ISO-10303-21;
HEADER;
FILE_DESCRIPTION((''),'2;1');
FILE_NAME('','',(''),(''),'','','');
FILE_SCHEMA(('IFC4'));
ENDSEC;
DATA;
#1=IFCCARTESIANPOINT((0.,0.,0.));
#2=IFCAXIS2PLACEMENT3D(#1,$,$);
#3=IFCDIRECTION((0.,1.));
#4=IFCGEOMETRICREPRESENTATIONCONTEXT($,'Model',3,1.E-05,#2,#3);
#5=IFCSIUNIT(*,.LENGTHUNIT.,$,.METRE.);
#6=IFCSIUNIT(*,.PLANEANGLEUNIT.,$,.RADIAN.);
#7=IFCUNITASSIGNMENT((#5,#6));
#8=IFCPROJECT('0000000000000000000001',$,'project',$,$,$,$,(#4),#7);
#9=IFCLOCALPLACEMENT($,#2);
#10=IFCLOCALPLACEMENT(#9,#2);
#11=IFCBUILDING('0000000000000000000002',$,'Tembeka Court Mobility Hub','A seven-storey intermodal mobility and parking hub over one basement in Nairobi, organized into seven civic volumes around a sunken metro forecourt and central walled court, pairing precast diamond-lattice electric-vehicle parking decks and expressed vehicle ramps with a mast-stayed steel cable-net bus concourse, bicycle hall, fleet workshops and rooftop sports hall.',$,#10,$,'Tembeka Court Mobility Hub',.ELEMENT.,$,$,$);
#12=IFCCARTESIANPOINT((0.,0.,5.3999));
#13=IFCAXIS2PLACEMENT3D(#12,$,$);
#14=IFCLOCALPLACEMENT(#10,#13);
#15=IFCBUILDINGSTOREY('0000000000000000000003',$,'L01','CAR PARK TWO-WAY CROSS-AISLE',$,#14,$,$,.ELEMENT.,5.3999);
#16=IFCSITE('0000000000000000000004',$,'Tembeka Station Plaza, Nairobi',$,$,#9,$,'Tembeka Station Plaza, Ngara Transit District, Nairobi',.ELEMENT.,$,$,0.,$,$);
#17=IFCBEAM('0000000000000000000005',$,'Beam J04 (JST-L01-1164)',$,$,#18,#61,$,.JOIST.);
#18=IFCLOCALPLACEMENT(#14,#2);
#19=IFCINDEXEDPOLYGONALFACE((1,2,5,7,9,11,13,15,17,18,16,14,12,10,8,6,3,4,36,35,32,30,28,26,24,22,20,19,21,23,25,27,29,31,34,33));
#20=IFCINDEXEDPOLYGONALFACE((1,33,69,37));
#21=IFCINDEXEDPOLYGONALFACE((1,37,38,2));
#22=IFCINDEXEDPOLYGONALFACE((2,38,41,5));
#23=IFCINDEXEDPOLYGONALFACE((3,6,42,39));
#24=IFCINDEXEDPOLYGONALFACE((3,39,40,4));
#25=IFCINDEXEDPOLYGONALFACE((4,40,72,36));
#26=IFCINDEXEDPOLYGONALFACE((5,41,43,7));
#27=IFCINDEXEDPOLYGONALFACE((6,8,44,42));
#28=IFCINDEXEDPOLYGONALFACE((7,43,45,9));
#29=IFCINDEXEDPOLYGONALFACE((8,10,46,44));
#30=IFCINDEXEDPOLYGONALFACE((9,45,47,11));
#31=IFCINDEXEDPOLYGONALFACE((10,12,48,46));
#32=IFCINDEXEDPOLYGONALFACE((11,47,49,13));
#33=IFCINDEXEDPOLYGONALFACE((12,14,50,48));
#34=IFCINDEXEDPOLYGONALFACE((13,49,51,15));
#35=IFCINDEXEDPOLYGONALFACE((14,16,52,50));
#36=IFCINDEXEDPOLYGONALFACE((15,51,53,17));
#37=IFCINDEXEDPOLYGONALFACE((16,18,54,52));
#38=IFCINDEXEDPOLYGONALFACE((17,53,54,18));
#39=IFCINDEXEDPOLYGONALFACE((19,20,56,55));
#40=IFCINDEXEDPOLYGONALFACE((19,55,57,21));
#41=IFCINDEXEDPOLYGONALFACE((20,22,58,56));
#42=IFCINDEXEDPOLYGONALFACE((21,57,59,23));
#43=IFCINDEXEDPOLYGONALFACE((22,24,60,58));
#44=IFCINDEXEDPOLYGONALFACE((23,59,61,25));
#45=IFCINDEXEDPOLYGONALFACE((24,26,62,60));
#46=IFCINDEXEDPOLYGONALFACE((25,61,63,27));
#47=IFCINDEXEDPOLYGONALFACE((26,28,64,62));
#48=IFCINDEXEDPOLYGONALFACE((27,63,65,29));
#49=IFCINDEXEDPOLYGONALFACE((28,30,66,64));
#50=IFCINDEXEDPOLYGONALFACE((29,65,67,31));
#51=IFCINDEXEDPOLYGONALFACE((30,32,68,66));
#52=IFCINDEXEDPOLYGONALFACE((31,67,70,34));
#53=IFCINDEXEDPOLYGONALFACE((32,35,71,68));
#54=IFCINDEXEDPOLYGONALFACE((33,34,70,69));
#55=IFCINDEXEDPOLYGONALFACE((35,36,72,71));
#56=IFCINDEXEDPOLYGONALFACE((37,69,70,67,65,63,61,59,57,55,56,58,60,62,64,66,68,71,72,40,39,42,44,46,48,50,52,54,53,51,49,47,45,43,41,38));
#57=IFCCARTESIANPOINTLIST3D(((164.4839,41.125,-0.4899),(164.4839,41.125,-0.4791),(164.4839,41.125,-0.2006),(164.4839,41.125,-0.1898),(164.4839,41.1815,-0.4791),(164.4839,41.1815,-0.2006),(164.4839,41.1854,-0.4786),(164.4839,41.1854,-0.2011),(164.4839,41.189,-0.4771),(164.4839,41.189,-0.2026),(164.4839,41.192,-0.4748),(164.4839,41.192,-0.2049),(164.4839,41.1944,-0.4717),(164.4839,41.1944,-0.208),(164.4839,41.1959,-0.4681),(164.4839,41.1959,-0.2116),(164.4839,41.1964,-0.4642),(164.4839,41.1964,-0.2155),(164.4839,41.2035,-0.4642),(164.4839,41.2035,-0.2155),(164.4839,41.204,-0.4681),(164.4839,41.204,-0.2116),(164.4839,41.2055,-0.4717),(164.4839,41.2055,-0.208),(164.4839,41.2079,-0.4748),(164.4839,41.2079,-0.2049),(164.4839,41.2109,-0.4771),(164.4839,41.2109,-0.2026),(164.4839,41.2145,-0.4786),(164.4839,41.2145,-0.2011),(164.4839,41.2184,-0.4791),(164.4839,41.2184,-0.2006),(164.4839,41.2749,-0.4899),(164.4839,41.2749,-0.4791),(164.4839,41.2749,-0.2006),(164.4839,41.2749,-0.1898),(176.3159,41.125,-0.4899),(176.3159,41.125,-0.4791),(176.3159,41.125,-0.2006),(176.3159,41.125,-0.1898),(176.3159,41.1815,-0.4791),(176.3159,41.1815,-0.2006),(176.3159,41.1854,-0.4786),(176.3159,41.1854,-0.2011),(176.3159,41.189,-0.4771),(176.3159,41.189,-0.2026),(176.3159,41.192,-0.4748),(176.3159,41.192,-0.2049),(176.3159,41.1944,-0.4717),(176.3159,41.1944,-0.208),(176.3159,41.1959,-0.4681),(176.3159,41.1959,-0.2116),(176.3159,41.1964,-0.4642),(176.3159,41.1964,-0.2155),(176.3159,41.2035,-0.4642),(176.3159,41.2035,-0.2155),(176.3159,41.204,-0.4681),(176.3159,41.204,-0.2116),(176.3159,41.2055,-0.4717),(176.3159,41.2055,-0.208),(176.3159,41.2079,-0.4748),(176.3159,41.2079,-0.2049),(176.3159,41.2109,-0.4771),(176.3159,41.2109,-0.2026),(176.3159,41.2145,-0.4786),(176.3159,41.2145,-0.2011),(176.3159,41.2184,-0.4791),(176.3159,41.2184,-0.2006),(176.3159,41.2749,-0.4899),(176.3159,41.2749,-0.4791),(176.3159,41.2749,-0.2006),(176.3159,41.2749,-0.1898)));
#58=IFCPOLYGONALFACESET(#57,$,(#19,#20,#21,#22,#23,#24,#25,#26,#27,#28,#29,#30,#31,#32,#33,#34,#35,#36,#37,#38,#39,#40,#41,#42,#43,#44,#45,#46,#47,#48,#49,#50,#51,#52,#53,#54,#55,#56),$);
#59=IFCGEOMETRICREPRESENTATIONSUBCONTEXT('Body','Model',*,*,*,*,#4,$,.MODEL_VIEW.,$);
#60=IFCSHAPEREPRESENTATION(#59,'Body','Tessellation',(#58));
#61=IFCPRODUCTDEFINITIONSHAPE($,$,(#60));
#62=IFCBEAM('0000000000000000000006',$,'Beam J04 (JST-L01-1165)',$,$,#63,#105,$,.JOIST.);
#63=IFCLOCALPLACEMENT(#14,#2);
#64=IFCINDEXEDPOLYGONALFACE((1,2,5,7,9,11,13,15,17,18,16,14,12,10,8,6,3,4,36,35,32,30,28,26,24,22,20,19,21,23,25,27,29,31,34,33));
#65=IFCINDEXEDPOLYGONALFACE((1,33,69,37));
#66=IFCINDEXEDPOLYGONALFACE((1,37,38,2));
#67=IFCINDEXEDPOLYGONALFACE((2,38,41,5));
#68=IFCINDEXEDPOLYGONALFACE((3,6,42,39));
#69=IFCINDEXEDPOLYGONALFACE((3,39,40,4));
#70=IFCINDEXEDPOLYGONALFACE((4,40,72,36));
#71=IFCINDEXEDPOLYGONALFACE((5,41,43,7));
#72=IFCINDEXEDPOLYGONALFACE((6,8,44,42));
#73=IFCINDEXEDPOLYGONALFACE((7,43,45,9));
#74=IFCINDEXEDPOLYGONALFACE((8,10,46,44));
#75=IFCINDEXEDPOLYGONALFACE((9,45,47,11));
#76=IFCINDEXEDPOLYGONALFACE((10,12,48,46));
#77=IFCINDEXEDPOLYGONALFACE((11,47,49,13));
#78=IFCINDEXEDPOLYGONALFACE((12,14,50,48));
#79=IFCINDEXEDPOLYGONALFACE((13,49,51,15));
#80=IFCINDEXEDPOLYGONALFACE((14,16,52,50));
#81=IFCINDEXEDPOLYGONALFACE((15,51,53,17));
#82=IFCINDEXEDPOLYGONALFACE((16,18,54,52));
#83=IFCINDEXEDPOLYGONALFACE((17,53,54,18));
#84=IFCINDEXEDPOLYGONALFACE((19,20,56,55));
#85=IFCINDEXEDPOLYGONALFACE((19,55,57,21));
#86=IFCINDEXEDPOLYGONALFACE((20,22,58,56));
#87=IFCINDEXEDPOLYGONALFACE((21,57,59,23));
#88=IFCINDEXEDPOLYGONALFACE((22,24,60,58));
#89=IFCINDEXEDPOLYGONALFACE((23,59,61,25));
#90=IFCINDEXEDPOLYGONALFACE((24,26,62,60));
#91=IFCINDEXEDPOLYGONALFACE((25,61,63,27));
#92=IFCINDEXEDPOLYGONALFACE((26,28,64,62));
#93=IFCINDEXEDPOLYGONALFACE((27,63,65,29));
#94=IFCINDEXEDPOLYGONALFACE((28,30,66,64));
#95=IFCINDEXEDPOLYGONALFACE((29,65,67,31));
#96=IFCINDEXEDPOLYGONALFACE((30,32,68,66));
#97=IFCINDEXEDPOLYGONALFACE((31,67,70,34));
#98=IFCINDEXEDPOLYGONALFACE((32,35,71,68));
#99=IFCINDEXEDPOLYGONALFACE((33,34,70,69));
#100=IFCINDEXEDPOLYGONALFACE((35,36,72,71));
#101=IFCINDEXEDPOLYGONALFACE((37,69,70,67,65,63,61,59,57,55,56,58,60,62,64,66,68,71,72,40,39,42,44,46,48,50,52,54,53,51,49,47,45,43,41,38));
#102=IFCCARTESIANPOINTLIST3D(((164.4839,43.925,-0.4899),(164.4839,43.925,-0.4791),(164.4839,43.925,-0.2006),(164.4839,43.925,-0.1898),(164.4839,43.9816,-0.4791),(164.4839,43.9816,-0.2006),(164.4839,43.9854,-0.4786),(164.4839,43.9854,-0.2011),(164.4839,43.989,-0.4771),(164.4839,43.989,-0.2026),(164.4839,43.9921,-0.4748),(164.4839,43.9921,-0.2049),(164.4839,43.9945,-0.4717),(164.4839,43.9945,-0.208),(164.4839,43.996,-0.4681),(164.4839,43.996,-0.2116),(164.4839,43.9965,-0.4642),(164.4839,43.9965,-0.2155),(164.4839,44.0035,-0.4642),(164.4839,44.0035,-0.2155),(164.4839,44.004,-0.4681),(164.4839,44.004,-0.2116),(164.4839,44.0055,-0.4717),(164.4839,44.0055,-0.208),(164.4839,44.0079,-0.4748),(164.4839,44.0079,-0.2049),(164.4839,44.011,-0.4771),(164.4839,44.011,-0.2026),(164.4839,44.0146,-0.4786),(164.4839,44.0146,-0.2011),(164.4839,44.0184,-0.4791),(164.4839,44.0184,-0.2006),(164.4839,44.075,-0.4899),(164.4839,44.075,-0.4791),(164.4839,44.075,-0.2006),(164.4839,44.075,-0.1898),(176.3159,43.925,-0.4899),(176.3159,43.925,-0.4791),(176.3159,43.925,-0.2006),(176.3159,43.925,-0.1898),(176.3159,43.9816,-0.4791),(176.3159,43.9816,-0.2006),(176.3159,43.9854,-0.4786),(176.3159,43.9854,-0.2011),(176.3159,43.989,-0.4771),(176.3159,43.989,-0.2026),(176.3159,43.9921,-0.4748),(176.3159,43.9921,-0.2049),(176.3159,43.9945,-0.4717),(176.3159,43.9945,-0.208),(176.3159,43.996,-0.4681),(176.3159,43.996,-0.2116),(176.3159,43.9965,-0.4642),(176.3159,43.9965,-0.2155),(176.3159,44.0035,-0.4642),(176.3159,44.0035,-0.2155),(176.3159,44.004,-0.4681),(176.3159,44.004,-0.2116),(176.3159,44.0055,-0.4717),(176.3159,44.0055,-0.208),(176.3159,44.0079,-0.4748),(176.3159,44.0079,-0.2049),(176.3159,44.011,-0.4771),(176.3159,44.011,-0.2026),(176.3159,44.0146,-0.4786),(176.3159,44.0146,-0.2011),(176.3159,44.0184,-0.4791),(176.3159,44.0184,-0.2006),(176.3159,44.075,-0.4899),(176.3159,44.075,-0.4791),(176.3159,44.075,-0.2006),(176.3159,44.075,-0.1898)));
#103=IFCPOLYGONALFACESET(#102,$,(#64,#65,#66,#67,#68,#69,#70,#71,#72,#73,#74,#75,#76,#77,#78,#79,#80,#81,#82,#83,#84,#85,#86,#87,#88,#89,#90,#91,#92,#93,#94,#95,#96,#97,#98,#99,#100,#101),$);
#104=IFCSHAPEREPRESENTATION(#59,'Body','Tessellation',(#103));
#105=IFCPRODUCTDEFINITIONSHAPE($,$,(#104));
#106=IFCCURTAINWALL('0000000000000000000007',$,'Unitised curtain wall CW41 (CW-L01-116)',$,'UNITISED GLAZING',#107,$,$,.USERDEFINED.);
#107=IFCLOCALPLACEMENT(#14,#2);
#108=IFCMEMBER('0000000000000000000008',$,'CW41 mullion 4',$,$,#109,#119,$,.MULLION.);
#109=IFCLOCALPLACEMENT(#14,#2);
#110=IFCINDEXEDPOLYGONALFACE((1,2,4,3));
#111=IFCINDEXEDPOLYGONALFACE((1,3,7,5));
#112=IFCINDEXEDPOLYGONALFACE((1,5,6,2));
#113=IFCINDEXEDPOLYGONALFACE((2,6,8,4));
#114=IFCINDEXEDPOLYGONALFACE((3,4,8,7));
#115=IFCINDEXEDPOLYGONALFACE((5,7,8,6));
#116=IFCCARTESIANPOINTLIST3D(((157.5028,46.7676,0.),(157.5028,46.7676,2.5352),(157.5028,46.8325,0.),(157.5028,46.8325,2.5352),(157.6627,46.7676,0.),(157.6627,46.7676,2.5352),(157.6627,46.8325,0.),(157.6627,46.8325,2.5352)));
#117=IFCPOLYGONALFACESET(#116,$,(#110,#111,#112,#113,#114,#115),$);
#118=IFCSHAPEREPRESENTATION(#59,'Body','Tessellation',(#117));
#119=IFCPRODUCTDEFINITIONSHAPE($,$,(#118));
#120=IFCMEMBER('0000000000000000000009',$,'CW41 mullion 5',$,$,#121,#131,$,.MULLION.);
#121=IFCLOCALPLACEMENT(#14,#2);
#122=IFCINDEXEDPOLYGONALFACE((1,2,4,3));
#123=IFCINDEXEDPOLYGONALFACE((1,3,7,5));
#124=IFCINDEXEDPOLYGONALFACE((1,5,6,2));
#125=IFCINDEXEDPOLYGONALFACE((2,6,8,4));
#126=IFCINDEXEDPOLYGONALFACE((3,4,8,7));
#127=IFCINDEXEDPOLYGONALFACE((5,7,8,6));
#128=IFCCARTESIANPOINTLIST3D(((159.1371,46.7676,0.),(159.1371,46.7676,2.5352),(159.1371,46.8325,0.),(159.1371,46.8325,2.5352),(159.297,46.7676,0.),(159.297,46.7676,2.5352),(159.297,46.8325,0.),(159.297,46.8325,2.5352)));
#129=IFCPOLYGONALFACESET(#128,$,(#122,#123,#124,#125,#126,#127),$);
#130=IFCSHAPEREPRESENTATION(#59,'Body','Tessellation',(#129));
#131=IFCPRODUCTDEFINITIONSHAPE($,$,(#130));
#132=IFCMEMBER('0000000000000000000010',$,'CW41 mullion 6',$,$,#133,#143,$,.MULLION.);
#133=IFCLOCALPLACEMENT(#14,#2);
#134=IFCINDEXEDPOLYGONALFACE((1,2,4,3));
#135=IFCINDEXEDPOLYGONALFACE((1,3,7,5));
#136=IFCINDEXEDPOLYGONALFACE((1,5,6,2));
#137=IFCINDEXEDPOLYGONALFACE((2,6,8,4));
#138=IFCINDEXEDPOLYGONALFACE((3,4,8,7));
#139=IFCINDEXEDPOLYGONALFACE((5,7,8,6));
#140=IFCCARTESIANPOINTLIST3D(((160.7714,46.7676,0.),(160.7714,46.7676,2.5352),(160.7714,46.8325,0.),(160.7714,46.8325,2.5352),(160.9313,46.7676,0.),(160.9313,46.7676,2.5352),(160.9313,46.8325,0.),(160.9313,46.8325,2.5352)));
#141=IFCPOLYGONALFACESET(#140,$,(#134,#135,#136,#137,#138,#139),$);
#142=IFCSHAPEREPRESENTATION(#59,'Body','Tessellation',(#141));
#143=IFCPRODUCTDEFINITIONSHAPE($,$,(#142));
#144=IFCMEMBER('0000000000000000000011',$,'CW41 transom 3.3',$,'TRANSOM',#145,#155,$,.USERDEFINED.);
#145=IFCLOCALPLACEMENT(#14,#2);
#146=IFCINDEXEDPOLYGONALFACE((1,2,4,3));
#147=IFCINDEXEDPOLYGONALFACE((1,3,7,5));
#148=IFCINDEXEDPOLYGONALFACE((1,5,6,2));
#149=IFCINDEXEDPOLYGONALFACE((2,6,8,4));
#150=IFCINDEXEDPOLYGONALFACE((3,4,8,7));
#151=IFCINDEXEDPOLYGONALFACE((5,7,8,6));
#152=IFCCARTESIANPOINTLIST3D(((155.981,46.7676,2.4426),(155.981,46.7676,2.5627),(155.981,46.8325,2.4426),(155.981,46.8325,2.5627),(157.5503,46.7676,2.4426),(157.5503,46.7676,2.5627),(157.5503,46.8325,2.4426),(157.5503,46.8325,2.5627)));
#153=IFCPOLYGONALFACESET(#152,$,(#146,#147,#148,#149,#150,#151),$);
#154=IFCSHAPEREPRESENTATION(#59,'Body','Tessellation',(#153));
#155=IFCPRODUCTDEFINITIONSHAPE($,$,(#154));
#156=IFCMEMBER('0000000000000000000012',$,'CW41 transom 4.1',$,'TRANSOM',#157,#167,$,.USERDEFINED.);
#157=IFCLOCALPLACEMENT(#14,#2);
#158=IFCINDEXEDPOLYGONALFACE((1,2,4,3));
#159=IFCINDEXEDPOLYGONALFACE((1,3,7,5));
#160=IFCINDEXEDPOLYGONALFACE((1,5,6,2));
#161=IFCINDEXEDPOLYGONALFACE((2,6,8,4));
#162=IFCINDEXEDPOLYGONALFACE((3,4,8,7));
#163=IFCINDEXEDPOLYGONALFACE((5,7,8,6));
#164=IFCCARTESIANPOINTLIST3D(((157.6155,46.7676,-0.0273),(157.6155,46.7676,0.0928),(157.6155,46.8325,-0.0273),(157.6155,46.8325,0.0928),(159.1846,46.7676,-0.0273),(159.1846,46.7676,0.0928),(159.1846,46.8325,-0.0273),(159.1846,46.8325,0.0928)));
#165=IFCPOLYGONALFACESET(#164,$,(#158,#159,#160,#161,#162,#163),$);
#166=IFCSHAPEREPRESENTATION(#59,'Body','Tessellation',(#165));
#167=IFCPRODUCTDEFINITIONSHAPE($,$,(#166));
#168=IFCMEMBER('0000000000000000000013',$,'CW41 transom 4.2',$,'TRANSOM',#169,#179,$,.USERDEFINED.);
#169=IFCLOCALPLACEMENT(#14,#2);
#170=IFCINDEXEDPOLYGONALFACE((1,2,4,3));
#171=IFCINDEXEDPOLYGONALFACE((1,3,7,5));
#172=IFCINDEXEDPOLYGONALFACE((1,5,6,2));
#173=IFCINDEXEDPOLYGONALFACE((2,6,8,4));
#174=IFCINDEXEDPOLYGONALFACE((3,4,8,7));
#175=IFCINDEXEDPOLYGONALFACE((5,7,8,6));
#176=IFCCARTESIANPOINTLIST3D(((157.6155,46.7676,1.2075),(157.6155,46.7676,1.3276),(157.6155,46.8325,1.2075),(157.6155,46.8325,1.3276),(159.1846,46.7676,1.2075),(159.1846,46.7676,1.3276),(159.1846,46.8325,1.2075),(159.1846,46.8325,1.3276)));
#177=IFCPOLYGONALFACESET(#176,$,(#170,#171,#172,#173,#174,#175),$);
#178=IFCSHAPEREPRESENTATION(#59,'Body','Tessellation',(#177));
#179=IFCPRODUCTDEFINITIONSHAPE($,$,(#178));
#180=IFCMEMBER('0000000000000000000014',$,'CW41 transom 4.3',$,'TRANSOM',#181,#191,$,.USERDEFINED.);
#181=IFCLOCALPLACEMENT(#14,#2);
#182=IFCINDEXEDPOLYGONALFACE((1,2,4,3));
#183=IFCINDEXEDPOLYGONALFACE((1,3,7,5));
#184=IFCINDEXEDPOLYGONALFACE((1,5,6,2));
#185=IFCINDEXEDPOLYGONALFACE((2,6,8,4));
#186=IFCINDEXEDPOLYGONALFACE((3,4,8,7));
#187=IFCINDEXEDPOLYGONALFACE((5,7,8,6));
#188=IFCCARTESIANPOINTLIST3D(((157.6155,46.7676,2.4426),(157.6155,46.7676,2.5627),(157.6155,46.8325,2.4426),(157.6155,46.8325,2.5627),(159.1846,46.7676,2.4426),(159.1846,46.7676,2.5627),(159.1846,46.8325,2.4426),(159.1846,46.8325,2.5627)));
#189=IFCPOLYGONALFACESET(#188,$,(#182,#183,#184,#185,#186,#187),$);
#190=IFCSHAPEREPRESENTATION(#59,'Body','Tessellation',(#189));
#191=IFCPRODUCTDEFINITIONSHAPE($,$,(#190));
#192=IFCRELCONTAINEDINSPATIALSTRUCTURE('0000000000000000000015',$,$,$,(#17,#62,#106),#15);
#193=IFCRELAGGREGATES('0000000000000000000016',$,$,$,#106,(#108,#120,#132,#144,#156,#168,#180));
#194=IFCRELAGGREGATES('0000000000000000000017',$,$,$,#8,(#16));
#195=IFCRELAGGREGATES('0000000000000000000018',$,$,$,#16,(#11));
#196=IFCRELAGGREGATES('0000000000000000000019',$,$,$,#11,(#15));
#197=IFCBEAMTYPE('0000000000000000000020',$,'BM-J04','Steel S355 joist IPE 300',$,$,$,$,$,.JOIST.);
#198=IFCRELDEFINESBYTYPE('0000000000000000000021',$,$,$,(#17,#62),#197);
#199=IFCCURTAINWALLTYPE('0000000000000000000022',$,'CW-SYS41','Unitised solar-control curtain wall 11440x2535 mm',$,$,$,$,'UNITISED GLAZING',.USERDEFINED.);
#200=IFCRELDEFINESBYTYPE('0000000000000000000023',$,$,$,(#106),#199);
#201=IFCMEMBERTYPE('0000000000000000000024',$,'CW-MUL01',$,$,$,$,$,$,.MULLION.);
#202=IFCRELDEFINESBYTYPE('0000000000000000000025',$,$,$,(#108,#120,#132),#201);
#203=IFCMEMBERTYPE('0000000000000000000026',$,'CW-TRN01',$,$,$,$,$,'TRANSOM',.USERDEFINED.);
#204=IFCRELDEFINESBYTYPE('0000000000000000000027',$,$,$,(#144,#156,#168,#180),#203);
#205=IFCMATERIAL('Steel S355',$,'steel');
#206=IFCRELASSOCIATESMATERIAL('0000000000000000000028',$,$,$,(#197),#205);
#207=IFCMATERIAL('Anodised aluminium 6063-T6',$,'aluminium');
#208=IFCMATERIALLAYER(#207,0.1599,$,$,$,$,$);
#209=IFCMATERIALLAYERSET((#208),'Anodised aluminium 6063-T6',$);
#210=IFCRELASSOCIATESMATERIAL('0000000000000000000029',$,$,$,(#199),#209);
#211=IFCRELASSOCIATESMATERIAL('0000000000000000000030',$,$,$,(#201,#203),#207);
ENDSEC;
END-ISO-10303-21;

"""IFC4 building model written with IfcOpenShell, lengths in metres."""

from ifc_helpers import new_model, si_unit, direction, frame, origin, origin_2d, place, context, subcontext, project, spatial, rectangle, i_section, extrude, material, layer, layer_set, material_profile, profile_set, type_object, element, aggregate, save


model = new_model("IFC4")

# Units and contexts
model_context = context("Model", 3, precision=1e-05, world=origin(), true_north=direction((0.0, 1.0)))
body_context = subcontext(model_context, "Body", "Model", "MODEL_VIEW")
ifc_project = project(units=[si_unit("LENGTHUNIT", "METRE"), si_unit("PLANEANGLEUNIT", "RADIAN")], contexts=[model_context])

# Site, building, storey
site_placement = place(None, origin())
site = spatial("IfcSite", under=ifc_project, at=site_placement, Name="Tembeka Station Plaza, Nairobi", LongName="Tembeka Station Plaza, Ngara Transit District, Nairobi", CompositionType="ELEMENT", RefElevation=0.0)
building_placement = place(site_placement, origin())
building = spatial("IfcBuilding", under=site, at=building_placement, Name="Tembeka Court Mobility Hub", Description="A seven-storey intermodal mobility and parking hub over one basement in Nairobi, organized into seven civic volumes around a sunken metro forecourt and central walled court, pairing precast diamond-lattice electric-vehicle parking decks and expressed vehicle ramps with a mast-stayed steel cable-net bus concourse, bicycle hall, fleet workshops and rooftop sports hall.", LongName="Tembeka Court Mobility Hub", CompositionType="ELEMENT")
storey_placement = place(building_placement, frame((0.0, 0.0, 5.3999)))
storey = spatial("IfcBuildingStorey", under=building, at=storey_placement, Name="L01", Description="CAR PARK TWO-WAY CROSS-AISLE", CompositionType="ELEMENT", Elevation=5.3999)

# Shared definitions
ifc_material_1 = material(Name="Steel S355", Category="steel")

# Beams
ifc_material_profile_1 = material_profile(ifc_material_1, i_section(OverallWidth=0.1499, OverallDepth=0.3, WebThickness=0.0071, FlangeThickness=0.0107, FilletRadius=0.0149, at=origin_2d()), Name="IPE 300")
ifc_profile_set_1 = profile_set([ifc_material_profile_1], Name="Steel S355")
beam_type_1 = type_object("IfcBeamType", Name="BM-J04", Description="Steel S355 joist IPE 300", PredefinedType="JOIST", material=ifc_profile_set_1)
for number, where, z_axis, x_axis, name in (
    (1, (164.4839, 41.2, -0.3398), (1.0, 0.0, 0.0), (0.0, 1.0, 0.0), "Beam J04 (JST-L01-1164)"),
    (2, (164.4839, 44.0, -0.3398), (1.0, 0.0, 0.0), (0.0, 1.0, 0.0), "Beam J04 (JST-L01-1165)"),
):
    element("IfcBeam", number, at=place(storey_placement, frame(where, z_axis=z_axis, x_axis=x_axis)), inside=storey, type_object=beam_type_1, Name=name, PredefinedType="JOIST", context=body_context, shape_type="SweptSolid", body=[
        extrude(i_section(OverallWidth=0.1499, OverallDepth=0.3, WebThickness=0.0071, FlangeThickness=0.0107, FilletRadius=0.0149, at=origin_2d()), origin(), (0.0, 0.0, 1.0), 11.832),
    ])

# Curtain wall, members
ifc_material_2 = material(Name="Anodised aluminium 6063-T6", Category="aluminium")
ifc_layer_1 = layer(ifc_material_2, 0.1599)
ifc_layer_set_1 = layer_set([ifc_layer_1], Name="Anodised aluminium 6063-T6")
curtain_wall_type = type_object("IfcCurtainWallType", Name="CW-SYS41", Description="Unitised solar-control curtain wall 11440x2535 mm", ElementType="UNITISED GLAZING", PredefinedType="USERDEFINED", material=ifc_layer_set_1)
curtain_wall_placement = place(storey_placement, origin())
curtain_wall = element("IfcCurtainWall", 3, at=curtain_wall_placement, inside=storey, type_object=curtain_wall_type, Name="Unitised curtain wall CW41 (CW-L01-116)", ObjectType="UNITISED GLAZING", PredefinedType="USERDEFINED")
ifc_material_profile_2 = material_profile(ifc_material_2, rectangle(XDim=0.0649, YDim=0.1599, at=origin_2d()), Name="ALU-MUL 65x160")
ifc_profile_set_2 = profile_set([ifc_material_profile_2], Name="Anodised aluminium 6063-T6")
member_type_1 = type_object("IfcMemberType", Name="CW-MUL01", PredefinedType="MULLION", material=ifc_profile_set_2)
member_1_placement = place(storey_placement, frame((157.5828, 46.8, 0.0), z_axis=(0.0, 0.0, 1.0), x_axis=(0.0, 1.0, 0.0)))
member_1 = element("IfcMember", 4, at=member_1_placement, type_object=member_type_1, Name="CW41 mullion 4", PredefinedType="MULLION", context=body_context, shape_type="SweptSolid", body=[
    extrude(rectangle(XDim=0.0649, YDim=0.1599, at=origin_2d()), origin(), (0.0, 0.0, 1.0), 2.5352),
])
member_2_placement = place(storey_placement, frame((159.217, 46.8, 0.0), z_axis=(0.0, 0.0, 1.0), x_axis=(0.0, 1.0, 0.0)))
member_2 = element("IfcMember", 5, at=member_2_placement, type_object=member_type_1, Name="CW41 mullion 5", PredefinedType="MULLION", context=body_context, shape_type="SweptSolid", body=[
    extrude(rectangle(XDim=0.0649, YDim=0.1599, at=origin_2d()), origin(), (0.0, 0.0, 1.0), 2.5352),
])
member_3_placement = place(storey_placement, frame((160.8513, 46.8, 0.0), z_axis=(0.0, 0.0, 1.0), x_axis=(0.0, 1.0, 0.0)))
member_3 = element("IfcMember", 6, at=member_3_placement, type_object=member_type_1, Name="CW41 mullion 6", PredefinedType="MULLION", context=body_context, shape_type="SweptSolid", body=[
    extrude(rectangle(XDim=0.0649, YDim=0.1599, at=origin_2d()), origin(), (0.0, 0.0, 1.0), 2.5352),
])
ifc_material_profile_3 = material_profile(ifc_material_2, rectangle(XDim=0.0649, YDim=0.1201, at=origin_2d()), Name="ALU-TRN 65x120")
ifc_profile_set_3 = profile_set([ifc_material_profile_3], Name="Anodised aluminium 6063-T6")
member_type_2 = type_object("IfcMemberType", Name="CW-TRN01", ElementType="TRANSOM", PredefinedType="USERDEFINED", material=ifc_profile_set_3)
member_4_placement = place(storey_placement, frame((155.981, 46.8, 2.5027), z_axis=(1.0, 0.0, 0.0), x_axis=(0.0, 1.0, 0.0)))
member_4 = element("IfcMember", 7, at=member_4_placement, type_object=member_type_2, Name="CW41 transom 3.3", ObjectType="TRANSOM", PredefinedType="USERDEFINED", context=body_context, shape_type="SweptSolid", body=[
    extrude(rectangle(XDim=0.0649, YDim=0.1201, at=origin_2d()), origin(), (0.0, 0.0, 1.0), 1.5693),
])
member_5_placement = place(storey_placement, frame((157.6155, 46.8, 0.0327), z_axis=(1.0, 0.0, 0.0), x_axis=(0.0, 1.0, 0.0)))
member_5 = element("IfcMember", 8, at=member_5_placement, type_object=member_type_2, Name="CW41 transom 4.1", ObjectType="TRANSOM", PredefinedType="USERDEFINED", context=body_context, shape_type="SweptSolid", body=[
    extrude(rectangle(XDim=0.0649, YDim=0.1201, at=origin_2d()), origin(), (0.0, 0.0, 1.0), 1.5691),
])
member_6_placement = place(storey_placement, frame((157.6155, 46.8, 1.2676), z_axis=(1.0, 0.0, 0.0), x_axis=(0.0, 1.0, 0.0)))
member_6 = element("IfcMember", 9, at=member_6_placement, type_object=member_type_2, Name="CW41 transom 4.2", ObjectType="TRANSOM", PredefinedType="USERDEFINED", context=body_context, shape_type="SweptSolid", body=[
    extrude(rectangle(XDim=0.0649, YDim=0.1201, at=origin_2d()), origin(), (0.0, 0.0, 1.0), 1.5691),
])
member_7_placement = place(storey_placement, frame((157.6155, 46.8, 2.5027), z_axis=(1.0, 0.0, 0.0), x_axis=(0.0, 1.0, 0.0)))
member_7 = element("IfcMember", 10, at=member_7_placement, type_object=member_type_2, Name="CW41 transom 4.3", ObjectType="TRANSOM", PredefinedType="USERDEFINED", context=body_context, shape_type="SweptSolid", body=[
    extrude(rectangle(XDim=0.0649, YDim=0.1201, at=origin_2d()), origin(), (0.0, 0.0, 1.0), 1.5691),
])
aggregate(curtain_wall, [member_1, member_2, member_3, member_4, member_5, member_6, member_7])

save(model, "model.ifc")
